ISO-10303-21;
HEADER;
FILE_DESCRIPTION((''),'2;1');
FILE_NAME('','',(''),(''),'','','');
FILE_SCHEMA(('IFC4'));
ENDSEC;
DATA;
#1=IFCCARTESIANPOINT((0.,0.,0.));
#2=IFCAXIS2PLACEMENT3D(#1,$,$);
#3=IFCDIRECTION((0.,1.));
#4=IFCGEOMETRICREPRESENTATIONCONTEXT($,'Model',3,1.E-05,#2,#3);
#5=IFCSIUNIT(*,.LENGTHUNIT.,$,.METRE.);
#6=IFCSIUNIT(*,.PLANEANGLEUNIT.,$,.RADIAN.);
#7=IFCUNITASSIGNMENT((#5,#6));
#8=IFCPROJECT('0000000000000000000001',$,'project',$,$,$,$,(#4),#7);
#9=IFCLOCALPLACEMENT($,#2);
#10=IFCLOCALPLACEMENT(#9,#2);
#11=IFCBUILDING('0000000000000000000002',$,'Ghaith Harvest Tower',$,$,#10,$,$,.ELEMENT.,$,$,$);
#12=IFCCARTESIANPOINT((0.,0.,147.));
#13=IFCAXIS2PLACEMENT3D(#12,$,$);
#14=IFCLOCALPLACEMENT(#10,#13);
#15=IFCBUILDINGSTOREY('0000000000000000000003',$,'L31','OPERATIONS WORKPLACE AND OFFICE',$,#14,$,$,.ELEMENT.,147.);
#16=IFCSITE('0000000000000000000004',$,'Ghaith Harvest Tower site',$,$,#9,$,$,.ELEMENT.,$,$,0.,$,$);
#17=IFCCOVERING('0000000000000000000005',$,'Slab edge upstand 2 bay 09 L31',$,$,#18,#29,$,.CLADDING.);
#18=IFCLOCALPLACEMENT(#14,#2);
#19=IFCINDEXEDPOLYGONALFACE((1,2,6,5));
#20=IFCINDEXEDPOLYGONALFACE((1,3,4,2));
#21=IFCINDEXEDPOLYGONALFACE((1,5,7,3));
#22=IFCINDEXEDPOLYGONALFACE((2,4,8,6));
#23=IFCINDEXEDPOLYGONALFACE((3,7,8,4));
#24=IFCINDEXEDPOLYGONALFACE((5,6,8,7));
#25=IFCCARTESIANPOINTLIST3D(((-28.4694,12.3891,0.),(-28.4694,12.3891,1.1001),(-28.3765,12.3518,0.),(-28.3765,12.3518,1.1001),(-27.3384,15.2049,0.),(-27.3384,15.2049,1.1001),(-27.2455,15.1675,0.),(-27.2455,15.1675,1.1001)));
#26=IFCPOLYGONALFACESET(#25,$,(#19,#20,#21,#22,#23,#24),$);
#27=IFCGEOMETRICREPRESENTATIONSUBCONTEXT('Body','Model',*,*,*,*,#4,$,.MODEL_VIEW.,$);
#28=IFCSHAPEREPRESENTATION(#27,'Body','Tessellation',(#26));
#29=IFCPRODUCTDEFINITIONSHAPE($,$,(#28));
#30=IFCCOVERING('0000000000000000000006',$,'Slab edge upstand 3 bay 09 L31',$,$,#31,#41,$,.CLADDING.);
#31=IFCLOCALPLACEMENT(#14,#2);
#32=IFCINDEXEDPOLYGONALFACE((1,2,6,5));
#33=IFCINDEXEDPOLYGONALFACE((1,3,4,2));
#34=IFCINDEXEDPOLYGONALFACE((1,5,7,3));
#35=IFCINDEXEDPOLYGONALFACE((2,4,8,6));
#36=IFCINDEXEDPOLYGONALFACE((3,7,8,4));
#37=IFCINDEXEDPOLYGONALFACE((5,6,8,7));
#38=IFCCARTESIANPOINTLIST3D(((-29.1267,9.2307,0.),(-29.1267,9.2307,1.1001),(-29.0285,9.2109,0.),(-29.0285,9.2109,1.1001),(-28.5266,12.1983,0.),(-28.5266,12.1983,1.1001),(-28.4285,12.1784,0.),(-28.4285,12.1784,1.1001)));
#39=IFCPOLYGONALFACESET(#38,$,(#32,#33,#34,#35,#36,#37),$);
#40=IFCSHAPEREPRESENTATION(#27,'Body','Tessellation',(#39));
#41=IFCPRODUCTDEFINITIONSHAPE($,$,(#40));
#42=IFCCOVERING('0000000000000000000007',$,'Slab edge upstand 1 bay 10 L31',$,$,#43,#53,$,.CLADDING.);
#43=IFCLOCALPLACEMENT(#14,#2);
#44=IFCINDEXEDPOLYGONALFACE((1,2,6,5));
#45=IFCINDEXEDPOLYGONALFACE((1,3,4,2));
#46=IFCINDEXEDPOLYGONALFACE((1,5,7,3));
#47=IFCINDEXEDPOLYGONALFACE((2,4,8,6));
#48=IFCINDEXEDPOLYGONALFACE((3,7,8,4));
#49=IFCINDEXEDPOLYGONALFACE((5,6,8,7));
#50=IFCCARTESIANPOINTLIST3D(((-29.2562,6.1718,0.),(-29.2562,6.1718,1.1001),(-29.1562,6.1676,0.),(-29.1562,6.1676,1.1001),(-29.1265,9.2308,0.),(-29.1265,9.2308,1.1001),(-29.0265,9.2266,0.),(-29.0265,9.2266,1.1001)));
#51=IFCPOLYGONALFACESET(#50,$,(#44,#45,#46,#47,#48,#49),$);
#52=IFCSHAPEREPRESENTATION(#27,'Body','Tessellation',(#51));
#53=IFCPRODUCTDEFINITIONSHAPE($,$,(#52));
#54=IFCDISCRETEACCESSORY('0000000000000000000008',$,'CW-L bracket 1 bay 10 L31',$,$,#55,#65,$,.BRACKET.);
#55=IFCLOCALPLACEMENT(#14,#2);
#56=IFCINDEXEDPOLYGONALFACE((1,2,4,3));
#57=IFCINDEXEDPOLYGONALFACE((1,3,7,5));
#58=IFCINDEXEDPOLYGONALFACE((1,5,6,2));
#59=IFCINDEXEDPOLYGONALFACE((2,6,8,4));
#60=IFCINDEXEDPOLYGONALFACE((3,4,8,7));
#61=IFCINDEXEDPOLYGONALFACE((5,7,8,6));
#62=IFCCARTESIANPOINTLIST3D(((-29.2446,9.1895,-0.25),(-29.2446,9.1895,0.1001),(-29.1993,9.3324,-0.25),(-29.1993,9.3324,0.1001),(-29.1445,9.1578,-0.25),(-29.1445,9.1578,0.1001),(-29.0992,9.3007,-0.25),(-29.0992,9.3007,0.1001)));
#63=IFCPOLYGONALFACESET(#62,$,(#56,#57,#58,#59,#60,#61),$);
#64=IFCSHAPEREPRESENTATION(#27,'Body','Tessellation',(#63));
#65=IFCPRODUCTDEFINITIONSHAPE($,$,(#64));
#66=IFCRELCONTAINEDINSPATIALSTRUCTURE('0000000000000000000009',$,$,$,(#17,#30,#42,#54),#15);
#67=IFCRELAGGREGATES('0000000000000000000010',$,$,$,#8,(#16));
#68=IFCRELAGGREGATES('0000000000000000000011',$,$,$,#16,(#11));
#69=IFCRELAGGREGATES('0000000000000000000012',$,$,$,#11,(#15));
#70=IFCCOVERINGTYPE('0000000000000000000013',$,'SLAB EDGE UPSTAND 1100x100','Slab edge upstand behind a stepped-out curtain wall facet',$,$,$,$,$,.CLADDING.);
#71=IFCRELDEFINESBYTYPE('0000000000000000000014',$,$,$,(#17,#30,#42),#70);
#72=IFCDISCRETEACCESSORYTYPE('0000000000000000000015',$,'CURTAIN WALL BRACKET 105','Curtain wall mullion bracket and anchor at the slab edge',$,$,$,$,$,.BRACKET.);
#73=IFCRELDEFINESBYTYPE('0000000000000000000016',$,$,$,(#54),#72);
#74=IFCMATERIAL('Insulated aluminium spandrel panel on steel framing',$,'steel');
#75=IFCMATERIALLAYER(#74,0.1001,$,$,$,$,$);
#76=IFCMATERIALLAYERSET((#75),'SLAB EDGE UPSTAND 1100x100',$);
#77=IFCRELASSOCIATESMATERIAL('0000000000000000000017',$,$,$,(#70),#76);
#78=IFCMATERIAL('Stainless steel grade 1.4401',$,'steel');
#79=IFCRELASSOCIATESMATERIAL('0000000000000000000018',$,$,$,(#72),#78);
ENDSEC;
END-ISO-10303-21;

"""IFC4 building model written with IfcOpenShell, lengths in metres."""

from ifc_helpers import new_model, si_unit, direction, frame, origin, origin_2d, place, context, subcontext, project, spatial, rectangle, extrude, material, layer, layer_set, type_object, element, save


model = new_model("IFC4")

# Units and contexts
model_context = context("Model", 3, precision=1e-05, world=origin(), true_north=direction((0.0, 1.0)))
body_context = subcontext(model_context, "Body", "Model", "MODEL_VIEW")
ifc_project = project(units=[si_unit("LENGTHUNIT", "METRE"), si_unit("PLANEANGLEUNIT", "RADIAN")], contexts=[model_context])

# Site, building, storey
site_placement = place(None, origin())
site = spatial("IfcSite", under=ifc_project, at=site_placement, Name="Ghaith Harvest Tower site", CompositionType="ELEMENT", RefElevation=0.0)
building_placement = place(site_placement, origin())
building = spatial("IfcBuilding", under=site, at=building_placement, Name="Ghaith Harvest Tower", CompositionType="ELEMENT")
storey_placement = place(building_placement, frame((0.0, 0.0, 147.0)))
storey = spatial("IfcBuildingStorey", under=building, at=storey_placement, Name="L31", Description="OPERATIONS WORKPLACE AND OFFICE", CompositionType="ELEMENT", Elevation=147.0)

# Coverings
ifc_material_1 = material(Name="Insulated aluminium spandrel panel on steel framing", Category="steel")
ifc_layer_1 = layer(ifc_material_1, 0.1001)
ifc_layer_set_1 = layer_set([ifc_layer_1], Name="SLAB EDGE UPSTAND 1100x100")
covering_type = type_object("IfcCoveringType", Name="SLAB EDGE UPSTAND 1100x100", Description="Slab edge upstand behind a stepped-out curtain wall facet", PredefinedType="CLADDING", material=ifc_layer_set_1)
covering_1_placement = place(storey_placement, frame((-27.8574, 13.7783, 0.0), z_axis=(0.0, 0.0, 1.0), x_axis=(-0.372732, -0.927939, 0.0)))
element("IfcCovering", 1, at=covering_1_placement, inside=storey, type_object=covering_type, Name="Slab edge upstand 2 bay 09 L31", PredefinedType="CLADDING", context=body_context, shape_type="SweptSolid", body=[
    extrude(rectangle(XDim=3.0344, YDim=0.1001, at=origin_2d()), origin(), (0.0, 0.0, 1.0), 1.1001),
])
covering_2_placement = place(storey_placement, frame((-28.7776, 10.7046, 0.0), z_axis=(0.0, 0.0, 1.0), x_axis=(-0.198183, -0.980165, 0.0)))
element("IfcCovering", 2, at=covering_2_placement, inside=storey, type_object=covering_type, Name="Slab edge upstand 3 bay 09 L31", PredefinedType="CLADDING", context=body_context, shape_type="SweptSolid", body=[
    extrude(rectangle(XDim=3.0276, YDim=0.1001, at=origin_2d()), origin(), (0.0, 0.0, 1.0), 1.1001),
])
covering_3_placement = place(storey_placement, frame((-29.1414, 7.6992, 0.0), z_axis=(0.0, 0.0, 1.0), x_axis=(-0.042373, -0.999102, 0.0)))
element("IfcCovering", 3, at=covering_3_placement, inside=storey, type_object=covering_type, Name="Slab edge upstand 1 bay 10 L31", PredefinedType="CLADDING", context=body_context, shape_type="SweptSolid", body=[
    extrude(rectangle(XDim=3.0618, YDim=0.1001, at=origin_2d()), origin(), (0.0, 0.0, 1.0), 1.1001),
])

# Discrete accessory
ifc_material_2 = material(Name="Stainless steel grade 1.4401", Category="steel")
discrete_accessory_type = type_object("IfcDiscreteAccessoryType", Name="CURTAIN WALL BRACKET 105", Description="Curtain wall mullion bracket and anchor at the slab edge", PredefinedType="BRACKET", material=ifc_material_2)
discrete_accessory_placement = place(storey_placement, frame((-29.1719, 9.2451, -0.25), z_axis=(0.0, 0.0, 1.0), x_axis=(-0.953273, 0.30211, 0.0)))
element("IfcDiscreteAccessory", 4, at=discrete_accessory_placement, inside=storey, type_object=discrete_accessory_type, Name="CW-L bracket 1 bay 10 L31", PredefinedType="BRACKET", context=body_context, shape_type="SweptSolid", body=[
    extrude(rectangle(XDim=0.105, YDim=0.1499, at=origin_2d()), origin(), (0.0, 0.0, 1.0), 0.3501),
])

save(model, "model.ifc")
